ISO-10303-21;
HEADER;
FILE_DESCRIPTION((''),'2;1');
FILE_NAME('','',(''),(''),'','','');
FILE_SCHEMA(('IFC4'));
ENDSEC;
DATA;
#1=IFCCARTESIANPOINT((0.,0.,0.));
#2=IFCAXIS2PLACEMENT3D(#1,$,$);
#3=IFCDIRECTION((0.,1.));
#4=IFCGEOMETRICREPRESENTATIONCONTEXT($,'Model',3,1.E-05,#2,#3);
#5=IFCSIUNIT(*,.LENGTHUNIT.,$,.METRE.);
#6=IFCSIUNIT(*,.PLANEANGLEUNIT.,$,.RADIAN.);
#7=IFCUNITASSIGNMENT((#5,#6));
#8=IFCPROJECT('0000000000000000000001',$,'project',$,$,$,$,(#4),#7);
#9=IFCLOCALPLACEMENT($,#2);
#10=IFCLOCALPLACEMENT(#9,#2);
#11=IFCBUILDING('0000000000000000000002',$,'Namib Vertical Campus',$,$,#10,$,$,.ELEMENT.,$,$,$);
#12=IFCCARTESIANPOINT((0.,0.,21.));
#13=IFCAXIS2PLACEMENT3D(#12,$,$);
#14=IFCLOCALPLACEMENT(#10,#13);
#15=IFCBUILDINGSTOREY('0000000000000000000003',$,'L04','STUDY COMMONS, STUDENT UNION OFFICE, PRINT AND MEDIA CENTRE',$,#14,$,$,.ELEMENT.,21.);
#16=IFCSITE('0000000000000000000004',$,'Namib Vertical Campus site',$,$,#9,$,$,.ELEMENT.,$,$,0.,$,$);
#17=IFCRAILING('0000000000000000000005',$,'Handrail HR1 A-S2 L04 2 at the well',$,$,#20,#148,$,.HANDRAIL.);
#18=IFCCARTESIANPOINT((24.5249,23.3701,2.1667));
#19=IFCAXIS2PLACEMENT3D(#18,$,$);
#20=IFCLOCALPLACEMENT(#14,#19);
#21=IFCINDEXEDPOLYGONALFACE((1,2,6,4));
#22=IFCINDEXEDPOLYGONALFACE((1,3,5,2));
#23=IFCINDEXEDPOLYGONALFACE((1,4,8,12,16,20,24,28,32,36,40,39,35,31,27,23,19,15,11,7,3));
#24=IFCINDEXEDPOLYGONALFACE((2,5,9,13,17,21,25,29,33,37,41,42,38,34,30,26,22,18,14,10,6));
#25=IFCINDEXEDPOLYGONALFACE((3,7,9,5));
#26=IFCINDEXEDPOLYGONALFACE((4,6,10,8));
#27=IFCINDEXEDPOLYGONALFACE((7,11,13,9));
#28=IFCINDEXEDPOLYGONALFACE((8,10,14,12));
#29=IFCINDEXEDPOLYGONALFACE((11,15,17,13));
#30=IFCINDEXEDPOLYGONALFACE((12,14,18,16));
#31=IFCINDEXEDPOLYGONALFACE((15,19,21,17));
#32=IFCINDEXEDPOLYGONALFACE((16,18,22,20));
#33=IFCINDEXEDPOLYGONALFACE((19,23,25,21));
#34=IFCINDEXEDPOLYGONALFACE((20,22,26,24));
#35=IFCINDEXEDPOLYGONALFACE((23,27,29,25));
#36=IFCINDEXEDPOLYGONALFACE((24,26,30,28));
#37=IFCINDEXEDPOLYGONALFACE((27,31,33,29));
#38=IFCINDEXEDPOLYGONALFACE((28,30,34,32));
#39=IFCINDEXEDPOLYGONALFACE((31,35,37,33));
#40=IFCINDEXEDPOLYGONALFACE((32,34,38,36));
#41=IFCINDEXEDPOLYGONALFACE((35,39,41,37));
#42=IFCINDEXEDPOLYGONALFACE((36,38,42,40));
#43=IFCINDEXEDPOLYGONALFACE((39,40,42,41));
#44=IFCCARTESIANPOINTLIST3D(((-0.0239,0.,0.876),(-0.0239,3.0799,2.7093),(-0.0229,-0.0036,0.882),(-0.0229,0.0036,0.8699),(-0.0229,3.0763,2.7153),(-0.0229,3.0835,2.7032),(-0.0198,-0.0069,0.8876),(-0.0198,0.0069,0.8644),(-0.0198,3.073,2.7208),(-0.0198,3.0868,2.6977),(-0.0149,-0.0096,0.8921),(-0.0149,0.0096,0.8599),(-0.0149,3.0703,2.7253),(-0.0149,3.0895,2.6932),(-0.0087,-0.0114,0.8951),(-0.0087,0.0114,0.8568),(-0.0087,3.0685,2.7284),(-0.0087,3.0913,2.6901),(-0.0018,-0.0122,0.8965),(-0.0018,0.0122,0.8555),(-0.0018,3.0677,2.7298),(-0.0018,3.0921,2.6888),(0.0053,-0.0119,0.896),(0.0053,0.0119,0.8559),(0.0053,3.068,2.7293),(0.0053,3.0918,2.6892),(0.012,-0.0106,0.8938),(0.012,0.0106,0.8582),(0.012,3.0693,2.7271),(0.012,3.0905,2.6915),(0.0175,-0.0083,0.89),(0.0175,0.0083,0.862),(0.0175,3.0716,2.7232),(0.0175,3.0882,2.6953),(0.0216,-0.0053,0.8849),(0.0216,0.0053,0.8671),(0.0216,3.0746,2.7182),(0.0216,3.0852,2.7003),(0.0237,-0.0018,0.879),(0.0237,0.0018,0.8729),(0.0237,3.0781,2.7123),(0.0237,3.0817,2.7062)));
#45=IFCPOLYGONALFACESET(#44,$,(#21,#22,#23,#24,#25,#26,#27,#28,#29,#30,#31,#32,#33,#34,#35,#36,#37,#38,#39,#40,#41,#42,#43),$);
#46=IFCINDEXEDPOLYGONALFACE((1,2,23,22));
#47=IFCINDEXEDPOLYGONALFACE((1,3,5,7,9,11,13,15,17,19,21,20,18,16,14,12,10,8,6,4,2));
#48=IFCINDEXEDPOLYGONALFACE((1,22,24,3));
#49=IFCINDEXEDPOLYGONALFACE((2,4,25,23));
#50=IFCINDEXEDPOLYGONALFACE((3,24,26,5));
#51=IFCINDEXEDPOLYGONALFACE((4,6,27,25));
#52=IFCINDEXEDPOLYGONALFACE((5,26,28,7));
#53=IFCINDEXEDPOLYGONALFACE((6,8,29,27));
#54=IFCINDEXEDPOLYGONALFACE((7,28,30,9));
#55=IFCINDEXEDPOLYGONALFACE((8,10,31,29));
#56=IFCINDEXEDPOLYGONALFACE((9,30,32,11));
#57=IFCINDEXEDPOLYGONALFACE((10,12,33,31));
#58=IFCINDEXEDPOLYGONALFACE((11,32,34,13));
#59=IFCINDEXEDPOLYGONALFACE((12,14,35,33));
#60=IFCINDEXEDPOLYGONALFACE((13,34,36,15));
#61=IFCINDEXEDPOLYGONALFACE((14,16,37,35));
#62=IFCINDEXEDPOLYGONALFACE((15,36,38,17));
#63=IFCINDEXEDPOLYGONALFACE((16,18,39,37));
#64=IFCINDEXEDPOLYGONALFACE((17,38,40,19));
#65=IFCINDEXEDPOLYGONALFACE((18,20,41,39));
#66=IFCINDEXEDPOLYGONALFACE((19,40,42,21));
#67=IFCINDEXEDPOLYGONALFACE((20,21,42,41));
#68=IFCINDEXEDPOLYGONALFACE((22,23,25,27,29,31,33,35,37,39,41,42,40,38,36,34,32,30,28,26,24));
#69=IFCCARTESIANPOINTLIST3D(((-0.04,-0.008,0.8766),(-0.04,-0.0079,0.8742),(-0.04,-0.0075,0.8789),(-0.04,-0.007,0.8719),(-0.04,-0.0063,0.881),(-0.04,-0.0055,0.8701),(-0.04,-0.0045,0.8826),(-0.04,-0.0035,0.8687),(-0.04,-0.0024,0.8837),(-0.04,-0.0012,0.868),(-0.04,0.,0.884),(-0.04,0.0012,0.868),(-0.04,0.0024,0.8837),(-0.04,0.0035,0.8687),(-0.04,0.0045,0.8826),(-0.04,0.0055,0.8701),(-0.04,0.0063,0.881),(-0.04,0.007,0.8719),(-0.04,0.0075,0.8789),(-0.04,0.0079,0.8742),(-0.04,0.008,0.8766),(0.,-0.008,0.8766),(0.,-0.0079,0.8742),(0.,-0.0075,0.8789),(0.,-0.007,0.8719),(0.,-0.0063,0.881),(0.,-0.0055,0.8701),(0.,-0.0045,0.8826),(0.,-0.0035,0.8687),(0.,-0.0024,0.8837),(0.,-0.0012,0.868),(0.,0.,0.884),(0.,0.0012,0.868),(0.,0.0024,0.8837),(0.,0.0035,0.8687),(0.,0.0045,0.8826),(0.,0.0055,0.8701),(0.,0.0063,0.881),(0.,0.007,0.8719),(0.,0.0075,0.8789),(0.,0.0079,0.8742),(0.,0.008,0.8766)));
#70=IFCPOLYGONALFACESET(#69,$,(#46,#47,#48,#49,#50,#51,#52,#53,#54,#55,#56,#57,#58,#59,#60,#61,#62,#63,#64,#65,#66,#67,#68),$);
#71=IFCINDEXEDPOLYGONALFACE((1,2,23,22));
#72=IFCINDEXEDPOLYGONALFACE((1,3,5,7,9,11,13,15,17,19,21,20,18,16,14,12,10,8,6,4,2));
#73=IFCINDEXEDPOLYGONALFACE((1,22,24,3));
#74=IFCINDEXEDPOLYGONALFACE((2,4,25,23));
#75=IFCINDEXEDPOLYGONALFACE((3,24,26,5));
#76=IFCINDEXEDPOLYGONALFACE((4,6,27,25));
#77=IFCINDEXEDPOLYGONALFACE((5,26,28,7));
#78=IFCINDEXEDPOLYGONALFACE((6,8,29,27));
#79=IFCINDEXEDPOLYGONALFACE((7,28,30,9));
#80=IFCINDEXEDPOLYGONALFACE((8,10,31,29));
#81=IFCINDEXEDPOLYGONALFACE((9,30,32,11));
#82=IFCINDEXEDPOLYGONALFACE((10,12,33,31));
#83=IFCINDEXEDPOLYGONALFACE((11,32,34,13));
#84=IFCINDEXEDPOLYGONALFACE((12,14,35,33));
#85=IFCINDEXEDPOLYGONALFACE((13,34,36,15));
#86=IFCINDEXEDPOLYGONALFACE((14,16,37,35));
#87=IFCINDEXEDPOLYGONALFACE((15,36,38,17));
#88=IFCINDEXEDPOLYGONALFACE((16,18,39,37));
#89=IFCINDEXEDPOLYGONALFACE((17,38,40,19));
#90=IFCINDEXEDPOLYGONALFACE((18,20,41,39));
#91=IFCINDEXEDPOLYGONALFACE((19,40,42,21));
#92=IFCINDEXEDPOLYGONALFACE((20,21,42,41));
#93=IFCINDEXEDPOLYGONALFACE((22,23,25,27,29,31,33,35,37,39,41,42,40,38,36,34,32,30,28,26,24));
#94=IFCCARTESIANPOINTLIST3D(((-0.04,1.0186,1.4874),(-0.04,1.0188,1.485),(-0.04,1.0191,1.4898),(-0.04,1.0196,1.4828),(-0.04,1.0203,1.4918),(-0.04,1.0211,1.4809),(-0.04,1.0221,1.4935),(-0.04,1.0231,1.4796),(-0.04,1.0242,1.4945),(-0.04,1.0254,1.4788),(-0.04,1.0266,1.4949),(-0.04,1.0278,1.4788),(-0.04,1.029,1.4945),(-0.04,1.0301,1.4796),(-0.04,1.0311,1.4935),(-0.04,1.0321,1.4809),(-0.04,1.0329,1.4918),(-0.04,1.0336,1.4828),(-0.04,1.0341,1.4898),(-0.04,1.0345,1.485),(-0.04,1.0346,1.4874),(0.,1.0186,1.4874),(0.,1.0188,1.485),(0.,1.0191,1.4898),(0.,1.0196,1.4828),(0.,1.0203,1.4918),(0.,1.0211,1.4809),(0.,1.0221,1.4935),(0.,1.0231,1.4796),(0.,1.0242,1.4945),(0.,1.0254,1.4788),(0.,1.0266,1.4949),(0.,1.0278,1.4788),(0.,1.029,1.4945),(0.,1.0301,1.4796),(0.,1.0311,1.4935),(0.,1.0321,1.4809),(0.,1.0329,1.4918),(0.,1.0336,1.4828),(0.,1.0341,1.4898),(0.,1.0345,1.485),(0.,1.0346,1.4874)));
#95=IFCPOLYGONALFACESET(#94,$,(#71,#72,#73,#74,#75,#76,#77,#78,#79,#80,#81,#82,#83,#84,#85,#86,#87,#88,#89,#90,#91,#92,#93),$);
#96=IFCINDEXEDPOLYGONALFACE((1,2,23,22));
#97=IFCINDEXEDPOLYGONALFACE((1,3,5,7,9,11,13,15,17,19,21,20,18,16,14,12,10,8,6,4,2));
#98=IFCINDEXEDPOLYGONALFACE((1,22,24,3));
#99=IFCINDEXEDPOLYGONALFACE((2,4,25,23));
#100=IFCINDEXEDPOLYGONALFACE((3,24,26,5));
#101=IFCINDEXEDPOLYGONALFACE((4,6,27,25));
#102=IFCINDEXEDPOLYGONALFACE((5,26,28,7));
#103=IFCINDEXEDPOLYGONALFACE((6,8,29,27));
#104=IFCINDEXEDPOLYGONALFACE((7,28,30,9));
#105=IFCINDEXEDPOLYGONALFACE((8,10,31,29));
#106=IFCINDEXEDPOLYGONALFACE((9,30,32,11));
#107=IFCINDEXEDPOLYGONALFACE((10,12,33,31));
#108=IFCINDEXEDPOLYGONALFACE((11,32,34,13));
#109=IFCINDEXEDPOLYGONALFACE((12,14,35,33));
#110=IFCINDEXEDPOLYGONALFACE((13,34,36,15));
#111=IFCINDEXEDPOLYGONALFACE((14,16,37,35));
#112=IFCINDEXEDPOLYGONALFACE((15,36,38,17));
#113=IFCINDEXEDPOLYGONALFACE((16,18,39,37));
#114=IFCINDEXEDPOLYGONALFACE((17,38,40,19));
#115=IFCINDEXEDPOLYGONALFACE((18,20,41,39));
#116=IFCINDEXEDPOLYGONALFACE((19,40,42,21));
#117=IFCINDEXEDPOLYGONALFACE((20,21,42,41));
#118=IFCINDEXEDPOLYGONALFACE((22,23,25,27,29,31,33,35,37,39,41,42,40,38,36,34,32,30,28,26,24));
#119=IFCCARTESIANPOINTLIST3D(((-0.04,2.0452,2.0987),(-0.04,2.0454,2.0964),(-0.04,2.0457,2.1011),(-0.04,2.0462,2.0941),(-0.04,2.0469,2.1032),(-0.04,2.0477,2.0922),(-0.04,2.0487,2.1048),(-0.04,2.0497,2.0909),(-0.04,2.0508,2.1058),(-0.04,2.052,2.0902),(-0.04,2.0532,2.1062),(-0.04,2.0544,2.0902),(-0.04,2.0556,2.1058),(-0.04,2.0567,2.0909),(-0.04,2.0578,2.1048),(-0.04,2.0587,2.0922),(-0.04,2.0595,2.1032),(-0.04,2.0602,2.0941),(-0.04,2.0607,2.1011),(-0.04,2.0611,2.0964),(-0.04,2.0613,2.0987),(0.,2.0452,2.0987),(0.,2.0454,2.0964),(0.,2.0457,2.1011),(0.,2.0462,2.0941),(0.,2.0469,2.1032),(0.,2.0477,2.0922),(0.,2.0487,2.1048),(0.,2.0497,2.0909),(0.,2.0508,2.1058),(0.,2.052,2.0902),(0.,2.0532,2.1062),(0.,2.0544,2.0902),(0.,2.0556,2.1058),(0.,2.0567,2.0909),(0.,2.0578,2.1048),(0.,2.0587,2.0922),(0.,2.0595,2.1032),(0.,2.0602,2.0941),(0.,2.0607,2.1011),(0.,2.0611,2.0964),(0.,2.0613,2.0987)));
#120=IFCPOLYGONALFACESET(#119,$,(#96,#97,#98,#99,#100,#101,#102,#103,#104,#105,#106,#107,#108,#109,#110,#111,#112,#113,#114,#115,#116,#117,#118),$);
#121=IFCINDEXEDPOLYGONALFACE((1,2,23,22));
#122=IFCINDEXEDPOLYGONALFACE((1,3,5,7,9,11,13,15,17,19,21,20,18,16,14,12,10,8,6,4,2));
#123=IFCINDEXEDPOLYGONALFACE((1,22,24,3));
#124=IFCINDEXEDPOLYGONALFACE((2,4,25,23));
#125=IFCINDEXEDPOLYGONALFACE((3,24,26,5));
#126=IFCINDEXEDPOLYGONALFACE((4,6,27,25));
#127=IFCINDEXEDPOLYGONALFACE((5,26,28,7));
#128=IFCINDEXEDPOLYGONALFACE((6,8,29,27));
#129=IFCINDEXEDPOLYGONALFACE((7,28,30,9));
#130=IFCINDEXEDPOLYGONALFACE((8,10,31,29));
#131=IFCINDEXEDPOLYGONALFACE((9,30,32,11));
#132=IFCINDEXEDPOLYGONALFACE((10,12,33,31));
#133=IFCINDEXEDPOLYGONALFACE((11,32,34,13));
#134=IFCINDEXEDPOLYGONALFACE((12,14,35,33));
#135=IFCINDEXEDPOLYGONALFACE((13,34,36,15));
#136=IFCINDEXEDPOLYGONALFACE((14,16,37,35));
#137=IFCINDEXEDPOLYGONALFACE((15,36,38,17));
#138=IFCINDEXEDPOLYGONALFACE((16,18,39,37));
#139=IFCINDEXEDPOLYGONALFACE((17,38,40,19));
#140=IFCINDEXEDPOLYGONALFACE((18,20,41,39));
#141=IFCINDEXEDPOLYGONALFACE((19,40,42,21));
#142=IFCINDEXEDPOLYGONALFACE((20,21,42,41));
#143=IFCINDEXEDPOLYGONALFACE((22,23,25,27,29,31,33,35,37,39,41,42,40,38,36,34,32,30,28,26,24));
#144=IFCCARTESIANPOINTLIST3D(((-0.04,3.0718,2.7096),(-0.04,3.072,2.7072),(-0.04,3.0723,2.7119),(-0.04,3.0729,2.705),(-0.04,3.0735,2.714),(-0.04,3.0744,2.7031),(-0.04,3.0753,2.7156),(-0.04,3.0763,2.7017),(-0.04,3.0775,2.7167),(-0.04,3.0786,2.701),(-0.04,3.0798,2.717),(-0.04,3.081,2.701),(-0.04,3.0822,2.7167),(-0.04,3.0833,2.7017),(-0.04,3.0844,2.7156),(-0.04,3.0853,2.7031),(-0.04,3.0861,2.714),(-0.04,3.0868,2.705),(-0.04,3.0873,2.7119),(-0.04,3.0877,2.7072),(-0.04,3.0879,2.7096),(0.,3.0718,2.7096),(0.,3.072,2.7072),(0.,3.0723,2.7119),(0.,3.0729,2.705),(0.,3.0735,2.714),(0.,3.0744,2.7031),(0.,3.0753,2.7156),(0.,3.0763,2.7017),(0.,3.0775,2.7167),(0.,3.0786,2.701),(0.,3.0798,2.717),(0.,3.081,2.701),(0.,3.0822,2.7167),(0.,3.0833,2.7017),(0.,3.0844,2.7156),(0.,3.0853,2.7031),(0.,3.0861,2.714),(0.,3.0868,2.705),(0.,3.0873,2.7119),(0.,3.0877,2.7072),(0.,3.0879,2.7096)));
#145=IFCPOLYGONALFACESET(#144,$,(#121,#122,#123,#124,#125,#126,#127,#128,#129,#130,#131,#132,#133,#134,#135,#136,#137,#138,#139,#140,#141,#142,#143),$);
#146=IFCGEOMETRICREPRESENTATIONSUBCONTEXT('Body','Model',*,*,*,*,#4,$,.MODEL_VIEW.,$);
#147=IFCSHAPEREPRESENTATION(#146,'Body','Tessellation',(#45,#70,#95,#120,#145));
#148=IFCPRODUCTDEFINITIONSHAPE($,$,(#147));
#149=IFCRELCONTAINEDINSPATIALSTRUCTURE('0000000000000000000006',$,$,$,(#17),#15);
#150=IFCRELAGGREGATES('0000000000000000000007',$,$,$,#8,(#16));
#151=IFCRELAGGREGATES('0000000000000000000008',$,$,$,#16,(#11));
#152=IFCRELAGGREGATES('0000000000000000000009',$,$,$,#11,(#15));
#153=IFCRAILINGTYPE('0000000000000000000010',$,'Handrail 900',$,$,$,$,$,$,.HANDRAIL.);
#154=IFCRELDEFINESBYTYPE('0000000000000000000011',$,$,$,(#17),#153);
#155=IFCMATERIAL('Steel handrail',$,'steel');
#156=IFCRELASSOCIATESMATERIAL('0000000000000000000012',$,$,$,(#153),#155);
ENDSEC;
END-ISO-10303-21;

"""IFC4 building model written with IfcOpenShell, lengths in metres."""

from ifc_helpers import new_model, si_unit, direction, frame, origin, origin_2d, place, context, subcontext, project, spatial, circle, extrude, material, type_object, element, save


model = new_model("IFC4")

# Units and contexts
model_context = context("Model", 3, precision=1e-05, world=origin(), true_north=direction((0.0, 1.0)))
body_context = subcontext(model_context, "Body", "Model", "MODEL_VIEW")
ifc_project = project(units=[si_unit("LENGTHUNIT", "METRE"), si_unit("PLANEANGLEUNIT", "RADIAN")], contexts=[model_context])

# Site, building, storey
site_placement = place(None, origin())
site = spatial("IfcSite", under=ifc_project, at=site_placement, Name="Namib Vertical Campus site", CompositionType="ELEMENT", RefElevation=0.0)
building_placement = place(site_placement, origin())
building = spatial("IfcBuilding", under=site, at=building_placement, Name="Namib Vertical Campus", CompositionType="ELEMENT")
storey_placement = place(building_placement, frame((0.0, 0.0, 21.0)))
storey = spatial("IfcBuildingStorey", under=building, at=storey_placement, Name="L04", Description="STUDY COMMONS, STUDENT UNION OFFICE, PRINT AND MEDIA CENTRE", CompositionType="ELEMENT", Elevation=21.0)

# Railing
ifc_material_1 = material(Name="Steel handrail", Category="steel")
railing_type_1 = type_object("IfcRailingType", Name="Handrail 900", PredefinedType="HANDRAIL", material=ifc_material_1)
railing_1_placement = place(storey_placement, frame((24.5249, 23.3701, 2.1667)))
element("IfcRailing", 1, at=railing_1_placement, inside=storey, type_object=railing_type_1, Name="Handrail HR1 A-S2 L04 2 at the well", PredefinedType="HANDRAIL", context=body_context, shape_type="SweptSolid", body=[
    extrude(circle(Radius=0.0239, at=origin_2d()), frame((0.0, 0.0, 0.876), z_axis=(0.0, 0.859291, 0.511487), x_axis=(-1.0, 0.0, 0.0)), (0.0, 0.0, 1.0), 3.5842),
    extrude(circle(Radius=0.0081, at=origin_2d()), frame((0.0, 0.0, 0.876), z_axis=(-1.0, 0.0, 0.0), x_axis=(0.0, 0.0, 1.0)), (0.0, 0.0, 1.0), 0.04),
    extrude(circle(Radius=0.0081, at=origin_2d()), frame((0.0, 1.0266, 1.4868), z_axis=(-1.0, 0.0, 0.0), x_axis=(0.0, 0.0, 1.0)), (0.0, 0.0, 1.0), 0.04),
    extrude(circle(Radius=0.0081, at=origin_2d()), frame((0.0, 2.0532, 2.0981), z_axis=(-1.0, 0.0, 0.0), x_axis=(0.0, 0.0, 1.0)), (0.0, 0.0, 1.0), 0.04),
    extrude(circle(Radius=0.0081, at=origin_2d()), frame((0.0, 3.0798, 2.709), z_axis=(-1.0, 0.0, 0.0), x_axis=(0.0, 0.0, 1.0)), (0.0, 0.0, 1.0), 0.04),
])

save(model, "model.ifc")
